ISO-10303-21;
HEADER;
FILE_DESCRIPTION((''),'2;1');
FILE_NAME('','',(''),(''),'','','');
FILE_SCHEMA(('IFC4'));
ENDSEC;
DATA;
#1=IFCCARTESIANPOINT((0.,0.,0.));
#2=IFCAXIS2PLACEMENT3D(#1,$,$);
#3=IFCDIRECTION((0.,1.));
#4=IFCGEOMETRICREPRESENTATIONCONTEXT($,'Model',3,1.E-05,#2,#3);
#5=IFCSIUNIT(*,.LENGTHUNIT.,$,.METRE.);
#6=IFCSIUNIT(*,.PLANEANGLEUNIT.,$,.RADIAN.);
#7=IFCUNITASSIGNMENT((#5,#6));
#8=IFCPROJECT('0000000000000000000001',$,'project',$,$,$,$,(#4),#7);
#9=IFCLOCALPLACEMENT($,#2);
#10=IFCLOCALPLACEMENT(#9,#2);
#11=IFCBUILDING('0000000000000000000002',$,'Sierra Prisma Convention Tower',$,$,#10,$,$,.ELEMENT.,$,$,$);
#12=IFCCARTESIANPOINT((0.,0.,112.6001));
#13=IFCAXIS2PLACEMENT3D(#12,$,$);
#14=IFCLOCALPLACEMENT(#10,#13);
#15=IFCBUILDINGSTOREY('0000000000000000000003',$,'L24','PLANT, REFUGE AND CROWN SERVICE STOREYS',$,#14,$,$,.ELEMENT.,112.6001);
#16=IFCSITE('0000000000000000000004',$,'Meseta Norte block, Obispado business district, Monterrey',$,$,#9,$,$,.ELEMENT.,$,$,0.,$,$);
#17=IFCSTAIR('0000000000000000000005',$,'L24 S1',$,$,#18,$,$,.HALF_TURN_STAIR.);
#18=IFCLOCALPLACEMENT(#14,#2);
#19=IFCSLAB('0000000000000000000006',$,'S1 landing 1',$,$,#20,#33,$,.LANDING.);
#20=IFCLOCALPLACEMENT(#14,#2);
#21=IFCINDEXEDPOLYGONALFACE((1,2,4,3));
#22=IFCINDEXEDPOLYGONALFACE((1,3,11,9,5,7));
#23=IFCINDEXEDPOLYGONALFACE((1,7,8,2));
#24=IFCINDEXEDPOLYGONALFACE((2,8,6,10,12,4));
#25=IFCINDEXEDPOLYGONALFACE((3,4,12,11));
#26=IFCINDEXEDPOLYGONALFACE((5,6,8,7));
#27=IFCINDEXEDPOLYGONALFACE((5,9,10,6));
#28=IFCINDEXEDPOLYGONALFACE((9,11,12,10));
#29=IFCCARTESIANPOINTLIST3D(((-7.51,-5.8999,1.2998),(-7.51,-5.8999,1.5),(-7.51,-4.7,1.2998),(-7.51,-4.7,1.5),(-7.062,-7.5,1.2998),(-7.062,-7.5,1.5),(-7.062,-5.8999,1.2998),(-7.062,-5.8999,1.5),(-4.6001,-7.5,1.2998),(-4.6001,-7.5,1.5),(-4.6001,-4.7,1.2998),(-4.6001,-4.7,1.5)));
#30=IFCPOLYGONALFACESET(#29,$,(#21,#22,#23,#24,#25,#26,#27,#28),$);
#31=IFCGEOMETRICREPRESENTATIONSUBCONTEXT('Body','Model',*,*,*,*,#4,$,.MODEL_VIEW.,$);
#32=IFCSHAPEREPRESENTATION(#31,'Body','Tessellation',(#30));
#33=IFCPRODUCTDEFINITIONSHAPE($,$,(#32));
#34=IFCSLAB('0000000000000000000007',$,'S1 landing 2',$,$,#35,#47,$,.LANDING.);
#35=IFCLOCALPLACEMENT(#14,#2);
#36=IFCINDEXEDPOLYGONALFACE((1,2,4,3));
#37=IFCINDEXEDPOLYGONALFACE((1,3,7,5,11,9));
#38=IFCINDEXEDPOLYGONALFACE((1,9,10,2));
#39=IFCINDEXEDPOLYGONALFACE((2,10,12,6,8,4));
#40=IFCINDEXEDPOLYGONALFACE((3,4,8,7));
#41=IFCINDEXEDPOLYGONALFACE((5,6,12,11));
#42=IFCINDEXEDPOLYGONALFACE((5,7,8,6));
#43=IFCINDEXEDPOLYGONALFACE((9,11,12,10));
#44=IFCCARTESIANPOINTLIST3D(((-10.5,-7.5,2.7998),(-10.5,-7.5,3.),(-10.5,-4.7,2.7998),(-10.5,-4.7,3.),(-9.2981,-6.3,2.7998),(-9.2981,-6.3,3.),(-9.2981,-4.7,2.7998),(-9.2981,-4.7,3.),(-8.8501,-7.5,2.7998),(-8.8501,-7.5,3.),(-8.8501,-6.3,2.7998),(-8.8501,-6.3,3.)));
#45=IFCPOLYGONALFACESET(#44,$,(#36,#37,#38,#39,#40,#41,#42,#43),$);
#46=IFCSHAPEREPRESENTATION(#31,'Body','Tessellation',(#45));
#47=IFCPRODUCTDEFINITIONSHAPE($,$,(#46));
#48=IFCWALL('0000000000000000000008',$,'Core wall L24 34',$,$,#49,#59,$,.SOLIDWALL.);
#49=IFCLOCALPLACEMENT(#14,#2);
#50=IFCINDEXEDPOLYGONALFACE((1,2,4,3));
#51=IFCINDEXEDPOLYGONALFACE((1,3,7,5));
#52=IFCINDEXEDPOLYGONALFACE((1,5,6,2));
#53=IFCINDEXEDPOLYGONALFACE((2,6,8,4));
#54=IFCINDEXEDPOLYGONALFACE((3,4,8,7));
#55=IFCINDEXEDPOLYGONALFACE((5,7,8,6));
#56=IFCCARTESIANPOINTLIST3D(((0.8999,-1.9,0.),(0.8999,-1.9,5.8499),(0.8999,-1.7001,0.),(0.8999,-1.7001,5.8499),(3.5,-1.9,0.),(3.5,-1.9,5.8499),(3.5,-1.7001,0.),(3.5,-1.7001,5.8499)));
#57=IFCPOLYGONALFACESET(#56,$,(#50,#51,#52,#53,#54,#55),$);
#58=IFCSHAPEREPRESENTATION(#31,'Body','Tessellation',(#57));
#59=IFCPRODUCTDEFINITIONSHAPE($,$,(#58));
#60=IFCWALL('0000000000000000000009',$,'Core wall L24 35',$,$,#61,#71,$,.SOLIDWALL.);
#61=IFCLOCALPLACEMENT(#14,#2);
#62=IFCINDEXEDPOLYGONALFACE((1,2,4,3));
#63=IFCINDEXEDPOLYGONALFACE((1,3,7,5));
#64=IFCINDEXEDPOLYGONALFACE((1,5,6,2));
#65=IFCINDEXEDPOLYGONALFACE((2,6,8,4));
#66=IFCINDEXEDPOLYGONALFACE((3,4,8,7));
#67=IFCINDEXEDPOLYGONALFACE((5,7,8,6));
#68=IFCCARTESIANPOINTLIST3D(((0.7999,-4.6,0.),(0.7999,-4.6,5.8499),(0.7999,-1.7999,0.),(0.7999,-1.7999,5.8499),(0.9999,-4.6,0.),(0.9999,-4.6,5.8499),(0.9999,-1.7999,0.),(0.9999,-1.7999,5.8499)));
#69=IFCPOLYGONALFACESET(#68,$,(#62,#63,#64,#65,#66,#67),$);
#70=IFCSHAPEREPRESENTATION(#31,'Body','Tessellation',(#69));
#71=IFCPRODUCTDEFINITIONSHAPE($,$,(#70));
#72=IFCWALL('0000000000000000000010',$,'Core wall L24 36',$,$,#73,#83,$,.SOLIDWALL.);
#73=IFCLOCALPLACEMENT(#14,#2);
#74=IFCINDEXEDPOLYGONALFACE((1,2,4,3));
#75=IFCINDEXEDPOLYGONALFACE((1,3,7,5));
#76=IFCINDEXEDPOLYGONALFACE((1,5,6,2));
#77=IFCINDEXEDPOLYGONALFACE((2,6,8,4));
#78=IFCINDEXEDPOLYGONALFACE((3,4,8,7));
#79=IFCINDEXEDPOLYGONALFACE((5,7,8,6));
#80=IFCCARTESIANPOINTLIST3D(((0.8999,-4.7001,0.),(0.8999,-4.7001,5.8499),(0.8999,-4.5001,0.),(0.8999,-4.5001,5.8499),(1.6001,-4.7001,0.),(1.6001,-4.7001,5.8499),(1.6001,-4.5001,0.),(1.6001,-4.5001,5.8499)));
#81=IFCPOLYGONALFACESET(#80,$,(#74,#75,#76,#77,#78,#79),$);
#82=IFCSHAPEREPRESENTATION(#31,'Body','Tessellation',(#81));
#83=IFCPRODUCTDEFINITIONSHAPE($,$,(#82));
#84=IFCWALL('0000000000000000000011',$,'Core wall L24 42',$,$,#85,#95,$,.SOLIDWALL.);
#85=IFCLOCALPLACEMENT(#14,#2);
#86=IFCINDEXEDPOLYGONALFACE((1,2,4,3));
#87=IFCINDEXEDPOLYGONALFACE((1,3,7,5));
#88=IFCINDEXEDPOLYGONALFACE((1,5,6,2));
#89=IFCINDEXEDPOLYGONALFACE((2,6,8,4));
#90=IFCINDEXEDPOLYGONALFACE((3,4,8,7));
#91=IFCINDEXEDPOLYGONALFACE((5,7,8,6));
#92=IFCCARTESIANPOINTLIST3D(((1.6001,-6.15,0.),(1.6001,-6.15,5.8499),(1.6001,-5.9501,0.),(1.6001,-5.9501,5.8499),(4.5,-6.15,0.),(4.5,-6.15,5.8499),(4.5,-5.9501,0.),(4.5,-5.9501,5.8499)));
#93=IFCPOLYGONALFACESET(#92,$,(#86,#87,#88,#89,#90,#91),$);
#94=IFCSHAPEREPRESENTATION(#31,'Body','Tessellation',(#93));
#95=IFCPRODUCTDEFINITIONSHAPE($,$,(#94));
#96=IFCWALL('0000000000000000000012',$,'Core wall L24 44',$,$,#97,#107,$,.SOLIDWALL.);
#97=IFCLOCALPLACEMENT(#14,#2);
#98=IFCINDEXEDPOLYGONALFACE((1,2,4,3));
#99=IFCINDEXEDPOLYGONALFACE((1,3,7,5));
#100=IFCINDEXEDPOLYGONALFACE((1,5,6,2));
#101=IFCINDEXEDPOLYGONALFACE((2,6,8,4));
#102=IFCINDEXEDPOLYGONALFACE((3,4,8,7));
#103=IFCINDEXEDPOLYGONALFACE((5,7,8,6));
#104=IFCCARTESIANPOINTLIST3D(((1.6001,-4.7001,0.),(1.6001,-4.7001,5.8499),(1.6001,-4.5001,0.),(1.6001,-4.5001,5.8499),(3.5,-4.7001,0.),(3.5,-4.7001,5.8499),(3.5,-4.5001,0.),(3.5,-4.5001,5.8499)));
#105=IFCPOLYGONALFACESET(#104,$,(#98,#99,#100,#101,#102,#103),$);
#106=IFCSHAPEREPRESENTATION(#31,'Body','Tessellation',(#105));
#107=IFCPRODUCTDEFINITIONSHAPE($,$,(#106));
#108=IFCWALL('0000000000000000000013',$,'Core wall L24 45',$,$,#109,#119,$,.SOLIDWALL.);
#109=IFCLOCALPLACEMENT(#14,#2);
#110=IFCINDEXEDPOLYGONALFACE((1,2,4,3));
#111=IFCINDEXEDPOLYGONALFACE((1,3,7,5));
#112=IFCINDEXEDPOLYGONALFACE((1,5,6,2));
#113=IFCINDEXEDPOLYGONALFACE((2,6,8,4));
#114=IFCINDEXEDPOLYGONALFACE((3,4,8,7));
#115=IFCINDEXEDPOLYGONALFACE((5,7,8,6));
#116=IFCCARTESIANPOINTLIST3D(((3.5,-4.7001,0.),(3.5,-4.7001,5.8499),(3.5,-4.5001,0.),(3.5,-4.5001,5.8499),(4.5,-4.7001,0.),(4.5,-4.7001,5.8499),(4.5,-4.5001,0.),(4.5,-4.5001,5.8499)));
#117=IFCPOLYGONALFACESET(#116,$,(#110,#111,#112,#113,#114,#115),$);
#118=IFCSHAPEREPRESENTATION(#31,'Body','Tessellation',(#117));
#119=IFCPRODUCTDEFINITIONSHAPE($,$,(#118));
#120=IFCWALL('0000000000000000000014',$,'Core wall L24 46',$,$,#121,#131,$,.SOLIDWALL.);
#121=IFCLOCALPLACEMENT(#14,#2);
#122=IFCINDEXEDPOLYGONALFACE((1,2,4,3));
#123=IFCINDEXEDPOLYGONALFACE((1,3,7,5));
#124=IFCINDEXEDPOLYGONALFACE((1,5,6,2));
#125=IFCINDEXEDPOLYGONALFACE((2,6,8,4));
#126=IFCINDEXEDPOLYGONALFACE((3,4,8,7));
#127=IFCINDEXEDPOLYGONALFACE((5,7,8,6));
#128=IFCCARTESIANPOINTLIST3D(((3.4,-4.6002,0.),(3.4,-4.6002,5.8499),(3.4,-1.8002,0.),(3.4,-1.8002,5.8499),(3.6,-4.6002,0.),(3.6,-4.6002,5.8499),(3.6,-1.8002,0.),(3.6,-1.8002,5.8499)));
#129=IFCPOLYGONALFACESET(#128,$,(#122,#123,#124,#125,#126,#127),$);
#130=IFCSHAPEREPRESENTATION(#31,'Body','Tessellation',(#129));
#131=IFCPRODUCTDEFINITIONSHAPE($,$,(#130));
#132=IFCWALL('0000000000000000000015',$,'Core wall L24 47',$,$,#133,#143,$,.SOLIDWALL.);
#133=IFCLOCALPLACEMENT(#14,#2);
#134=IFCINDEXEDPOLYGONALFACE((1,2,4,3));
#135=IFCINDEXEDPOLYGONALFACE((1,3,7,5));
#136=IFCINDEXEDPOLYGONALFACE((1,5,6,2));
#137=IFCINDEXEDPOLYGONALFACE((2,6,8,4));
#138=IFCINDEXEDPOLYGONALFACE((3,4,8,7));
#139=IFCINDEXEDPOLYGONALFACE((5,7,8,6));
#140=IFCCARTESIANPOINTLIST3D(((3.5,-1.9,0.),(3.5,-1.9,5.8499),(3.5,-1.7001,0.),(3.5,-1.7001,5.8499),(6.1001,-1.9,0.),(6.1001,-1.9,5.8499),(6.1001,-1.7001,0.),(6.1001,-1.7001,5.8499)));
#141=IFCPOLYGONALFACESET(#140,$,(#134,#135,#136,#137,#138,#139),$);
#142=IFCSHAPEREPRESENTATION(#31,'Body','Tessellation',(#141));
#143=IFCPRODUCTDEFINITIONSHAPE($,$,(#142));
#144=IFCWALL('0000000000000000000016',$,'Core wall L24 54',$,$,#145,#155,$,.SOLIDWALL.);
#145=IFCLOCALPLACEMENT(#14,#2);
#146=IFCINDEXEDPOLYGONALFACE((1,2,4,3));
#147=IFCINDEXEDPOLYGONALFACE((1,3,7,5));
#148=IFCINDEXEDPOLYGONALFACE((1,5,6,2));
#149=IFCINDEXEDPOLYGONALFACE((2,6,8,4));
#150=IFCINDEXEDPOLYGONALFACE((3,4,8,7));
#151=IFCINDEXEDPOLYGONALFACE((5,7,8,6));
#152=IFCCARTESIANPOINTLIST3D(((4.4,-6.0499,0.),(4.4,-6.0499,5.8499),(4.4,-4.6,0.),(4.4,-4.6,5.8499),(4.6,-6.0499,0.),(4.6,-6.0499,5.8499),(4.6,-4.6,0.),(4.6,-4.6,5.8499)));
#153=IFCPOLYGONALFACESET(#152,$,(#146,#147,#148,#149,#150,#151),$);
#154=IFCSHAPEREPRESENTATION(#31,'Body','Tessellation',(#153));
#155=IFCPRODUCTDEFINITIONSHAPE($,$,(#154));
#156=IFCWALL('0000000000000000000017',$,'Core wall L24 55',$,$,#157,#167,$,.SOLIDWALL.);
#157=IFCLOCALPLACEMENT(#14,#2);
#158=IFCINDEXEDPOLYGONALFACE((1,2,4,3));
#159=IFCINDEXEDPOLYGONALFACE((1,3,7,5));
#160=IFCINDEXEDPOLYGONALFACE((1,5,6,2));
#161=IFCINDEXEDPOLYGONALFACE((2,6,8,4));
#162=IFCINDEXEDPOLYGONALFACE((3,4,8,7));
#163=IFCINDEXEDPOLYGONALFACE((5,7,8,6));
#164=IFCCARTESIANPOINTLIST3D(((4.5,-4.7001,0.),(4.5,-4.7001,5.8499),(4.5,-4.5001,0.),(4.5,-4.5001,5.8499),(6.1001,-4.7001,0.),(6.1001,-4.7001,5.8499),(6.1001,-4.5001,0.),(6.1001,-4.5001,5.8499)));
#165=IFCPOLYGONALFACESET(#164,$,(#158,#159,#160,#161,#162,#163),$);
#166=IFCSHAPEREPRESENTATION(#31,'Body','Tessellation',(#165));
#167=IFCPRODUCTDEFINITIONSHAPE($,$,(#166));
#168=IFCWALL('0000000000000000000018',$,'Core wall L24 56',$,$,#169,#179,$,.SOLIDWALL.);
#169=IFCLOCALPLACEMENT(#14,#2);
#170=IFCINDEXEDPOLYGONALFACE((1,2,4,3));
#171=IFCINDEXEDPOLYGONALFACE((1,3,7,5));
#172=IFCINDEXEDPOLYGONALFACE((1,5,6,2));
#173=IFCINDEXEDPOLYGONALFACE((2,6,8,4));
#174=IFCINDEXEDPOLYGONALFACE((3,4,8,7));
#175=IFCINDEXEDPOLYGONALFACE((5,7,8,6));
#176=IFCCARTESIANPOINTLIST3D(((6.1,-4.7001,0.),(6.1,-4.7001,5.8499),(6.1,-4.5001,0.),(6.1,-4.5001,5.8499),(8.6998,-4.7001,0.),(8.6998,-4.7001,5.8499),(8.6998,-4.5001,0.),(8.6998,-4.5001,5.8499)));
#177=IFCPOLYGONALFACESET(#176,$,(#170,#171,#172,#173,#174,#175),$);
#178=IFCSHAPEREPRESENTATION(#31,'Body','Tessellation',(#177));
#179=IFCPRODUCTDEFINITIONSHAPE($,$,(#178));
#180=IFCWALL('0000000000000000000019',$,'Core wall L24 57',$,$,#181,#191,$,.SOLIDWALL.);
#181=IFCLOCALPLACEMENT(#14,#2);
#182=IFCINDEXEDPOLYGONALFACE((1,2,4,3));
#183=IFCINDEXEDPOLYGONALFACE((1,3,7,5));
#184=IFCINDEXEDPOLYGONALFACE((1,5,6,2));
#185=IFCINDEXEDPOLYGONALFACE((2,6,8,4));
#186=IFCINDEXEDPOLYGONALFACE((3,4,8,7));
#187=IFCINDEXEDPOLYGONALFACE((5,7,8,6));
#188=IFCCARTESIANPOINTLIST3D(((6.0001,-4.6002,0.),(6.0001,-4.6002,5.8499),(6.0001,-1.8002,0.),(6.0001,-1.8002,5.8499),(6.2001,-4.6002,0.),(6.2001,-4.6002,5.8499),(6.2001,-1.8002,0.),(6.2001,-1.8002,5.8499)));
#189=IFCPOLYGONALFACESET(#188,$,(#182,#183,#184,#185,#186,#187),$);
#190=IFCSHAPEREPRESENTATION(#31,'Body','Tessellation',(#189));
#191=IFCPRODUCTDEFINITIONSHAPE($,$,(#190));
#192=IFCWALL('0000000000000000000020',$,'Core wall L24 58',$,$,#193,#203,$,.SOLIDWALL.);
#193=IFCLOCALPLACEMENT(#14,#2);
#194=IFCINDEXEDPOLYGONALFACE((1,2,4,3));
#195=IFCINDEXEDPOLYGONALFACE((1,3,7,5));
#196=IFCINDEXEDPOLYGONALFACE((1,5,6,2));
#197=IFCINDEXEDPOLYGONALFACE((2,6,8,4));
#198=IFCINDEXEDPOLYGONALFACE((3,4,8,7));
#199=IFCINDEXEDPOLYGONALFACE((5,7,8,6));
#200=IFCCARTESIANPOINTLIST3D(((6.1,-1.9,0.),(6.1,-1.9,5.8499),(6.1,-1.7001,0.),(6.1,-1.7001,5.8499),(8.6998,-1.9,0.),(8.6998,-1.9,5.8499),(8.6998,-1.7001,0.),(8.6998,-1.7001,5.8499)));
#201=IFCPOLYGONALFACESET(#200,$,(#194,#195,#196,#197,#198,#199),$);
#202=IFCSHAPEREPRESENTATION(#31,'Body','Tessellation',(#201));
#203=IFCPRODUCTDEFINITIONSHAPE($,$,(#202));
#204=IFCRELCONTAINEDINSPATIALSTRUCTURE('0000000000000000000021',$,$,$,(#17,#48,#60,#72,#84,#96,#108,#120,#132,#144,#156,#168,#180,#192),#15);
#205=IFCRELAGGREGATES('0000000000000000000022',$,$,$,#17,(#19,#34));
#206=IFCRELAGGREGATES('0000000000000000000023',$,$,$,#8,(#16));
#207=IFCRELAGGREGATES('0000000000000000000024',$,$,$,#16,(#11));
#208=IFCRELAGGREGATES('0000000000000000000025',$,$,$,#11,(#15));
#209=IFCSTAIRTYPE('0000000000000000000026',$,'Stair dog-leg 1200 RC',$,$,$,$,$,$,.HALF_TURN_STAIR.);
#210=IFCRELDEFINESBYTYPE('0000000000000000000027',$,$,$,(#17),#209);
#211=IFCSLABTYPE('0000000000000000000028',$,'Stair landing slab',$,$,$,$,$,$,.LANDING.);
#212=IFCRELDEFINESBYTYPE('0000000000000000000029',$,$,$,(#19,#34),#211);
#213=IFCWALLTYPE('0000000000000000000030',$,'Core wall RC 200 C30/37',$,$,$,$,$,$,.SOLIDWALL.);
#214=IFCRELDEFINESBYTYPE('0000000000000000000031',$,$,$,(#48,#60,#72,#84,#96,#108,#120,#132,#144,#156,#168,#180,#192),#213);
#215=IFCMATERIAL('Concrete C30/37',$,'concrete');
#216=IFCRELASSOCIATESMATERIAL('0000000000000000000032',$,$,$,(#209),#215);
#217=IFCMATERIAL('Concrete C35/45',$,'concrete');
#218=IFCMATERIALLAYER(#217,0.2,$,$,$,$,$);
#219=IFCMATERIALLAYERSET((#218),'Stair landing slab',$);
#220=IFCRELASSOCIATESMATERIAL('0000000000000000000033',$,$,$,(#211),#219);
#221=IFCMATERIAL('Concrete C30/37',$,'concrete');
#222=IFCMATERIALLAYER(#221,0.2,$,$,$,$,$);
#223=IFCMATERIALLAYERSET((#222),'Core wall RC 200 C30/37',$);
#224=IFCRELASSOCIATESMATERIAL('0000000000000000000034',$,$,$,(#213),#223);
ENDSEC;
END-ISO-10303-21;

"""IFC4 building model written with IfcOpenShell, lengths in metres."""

from ifc_helpers import new_model, si_unit, direction, frame, frame_2d, origin, place, context, subcontext, project, spatial, polyline, rectangle, outline, extrude, material, layer, layer_set, type_object, element, aggregate, save


model = new_model("IFC4")

# Units and contexts
model_context = context("Model", 3, precision=1e-05, world=origin(), true_north=direction((0.0, 1.0)))
body_context = subcontext(model_context, "Body", "Model", "MODEL_VIEW")
ifc_project = project(units=[si_unit("LENGTHUNIT", "METRE"), si_unit("PLANEANGLEUNIT", "RADIAN")], contexts=[model_context])

# Site, building, storey
site_placement = place(None, origin())
site = spatial("IfcSite", under=ifc_project, at=site_placement, Name="Meseta Norte block, Obispado business district, Monterrey", CompositionType="ELEMENT", RefElevation=0.0)
building_placement = place(site_placement, origin())
building = spatial("IfcBuilding", under=site, at=building_placement, Name="Sierra Prisma Convention Tower", CompositionType="ELEMENT")
storey_placement = place(building_placement, frame((0.0, 0.0, 112.6001)))
storey = spatial("IfcBuildingStorey", under=building, at=storey_placement, Name="L24", Description="PLANT, REFUGE AND CROWN SERVICE STOREYS", CompositionType="ELEMENT", Elevation=112.6001)

# Stair, slabs
ifc_material_1 = material(Name="Concrete C30/37", Category="concrete")
stair_type = type_object("IfcStairType", Name="Stair dog-leg 1200 RC", PredefinedType="HALF_TURN_STAIR", material=ifc_material_1)
stair_placement = place(storey_placement, origin())
stair = element("IfcStair", 1, at=stair_placement, inside=storey, type_object=stair_type, Name="L24 S1", PredefinedType="HALF_TURN_STAIR")
ifc_material_2 = material(Name="Concrete C35/45", Category="concrete")
ifc_layer_1 = layer(ifc_material_2, 0.2)
ifc_layer_set_1 = layer_set([ifc_layer_1], Name="Stair landing slab")
slab_type = type_object("IfcSlabType", Name="Stair landing slab", PredefinedType="LANDING", material=ifc_layer_set_1)
slab_1_placement = place(storey_placement, frame((0.0, 0.0, 1.2998)))
slab_1 = element("IfcSlab", 2, at=slab_1_placement, type_object=slab_type, Name="S1 landing 1", PredefinedType="LANDING", context=body_context, shape_type="SweptSolid", body=[
    extrude(outline(polyline([(-4.6001, -4.7), (-4.6001, -7.5), (-7.062, -7.5), (-7.062, -5.8999), (-7.51, -5.8999), (-7.51, -4.7), (-4.6001, -4.7)])), origin(), (0.0, 0.0, 1.0), 0.2002),
])
slab_2_placement = place(storey_placement, frame((0.0, 0.0, 2.7998)))
slab_2 = element("IfcSlab", 3, at=slab_2_placement, type_object=slab_type, Name="S1 landing 2", PredefinedType="LANDING", context=body_context, shape_type="SweptSolid", body=[
    extrude(outline(polyline([(-10.5, -7.5), (-10.5, -4.7), (-9.2981, -4.7), (-9.2981, -6.3), (-8.8501, -6.3), (-8.8501, -7.5), (-10.5, -7.5)])), origin(), (0.0, 0.0, 1.0), 0.2002),
])
aggregate(stair, [slab_1, slab_2])

# Walls
ifc_material_3 = material(Name="Concrete C30/37", Category="concrete")
ifc_layer_2 = layer(ifc_material_3, 0.2)
ifc_layer_set_2 = layer_set([ifc_layer_2], Name="Core wall RC 200 C30/37")
wall_type_1 = type_object("IfcWallType", Name="Core wall RC 200 C30/37", PredefinedType="SOLIDWALL", material=ifc_layer_set_2)
wall_1_placement = place(storey_placement, frame((0.8999, -1.8, 0.0), z_axis=(0.0, 0.0, 1.0), x_axis=(1.0, 0.0, 0.0)))
element("IfcWall", 4, at=wall_1_placement, inside=storey, type_object=wall_type_1, Name="Core wall L24 34", PredefinedType="SOLIDWALL", context=body_context, shape_type="SweptSolid", body=[
    extrude(rectangle(XDim=2.6001, YDim=0.2, at=frame_2d((1.3, 0.0))), origin(), (0.0, 0.0, 1.0), 5.8499),
])
wall_2_placement = place(storey_placement, frame((0.8999, -1.8, 0.0), z_axis=(0.0, 0.0, 1.0), x_axis=(0.0, -1.0, 0.0)))
element("IfcWall", 5, at=wall_2_placement, inside=storey, type_object=wall_type_1, Name="Core wall L24 35", PredefinedType="SOLIDWALL", context=body_context, shape_type="SweptSolid", body=[
    extrude(rectangle(XDim=2.8, YDim=0.2, at=frame_2d((1.3999, 0.0))), origin(), (0.0, 0.0, 1.0), 5.8499),
])
wall_3_placement = place(storey_placement, frame((0.8999, -4.6001, 0.0), z_axis=(0.0, 0.0, 1.0), x_axis=(1.0, 0.0, 0.0)))
element("IfcWall", 6, at=wall_3_placement, inside=storey, type_object=wall_type_1, Name="Core wall L24 36", PredefinedType="SOLIDWALL", context=body_context, shape_type="SweptSolid", body=[
    extrude(rectangle(XDim=0.7002, YDim=0.2, at=frame_2d((0.3501, 0.0))), origin(), (0.0, 0.0, 1.0), 5.8499),
])

# Wall
wall_4_placement = place(storey_placement, frame((4.5, -6.05, 0.0), z_axis=(0.0, 0.0, 1.0), x_axis=(-1.0, 0.0, 0.0)))
element("IfcWall", 7, at=wall_4_placement, inside=storey, type_object=wall_type_1, Name="Core wall L24 42", PredefinedType="SOLIDWALL", context=body_context, shape_type="SweptSolid", body=[
    extrude(rectangle(XDim=2.8999, YDim=0.2, at=frame_2d((1.45, 0.0))), origin(), (0.0, 0.0, 1.0), 5.8499),
])

# Walls
wall_5_placement = place(storey_placement, frame((3.5, -4.6001, 0.0), z_axis=(0.0, 0.0, 1.0), x_axis=(-1.0, 0.0, 0.0)))
element("IfcWall", 8, at=wall_5_placement, inside=storey, type_object=wall_type_1, Name="Core wall L24 44", PredefinedType="SOLIDWALL", context=body_context, shape_type="SweptSolid", body=[
    extrude(rectangle(XDim=1.8999, YDim=0.2, at=frame_2d((0.95, 0.0))), origin(), (0.0, 0.0, 1.0), 5.8499),
])
wall_6_placement = place(storey_placement, frame((4.5, -4.6001, 0.0), z_axis=(0.0, 0.0, 1.0), x_axis=(-1.0, 0.0, 0.0)))
element("IfcWall", 9, at=wall_6_placement, inside=storey, type_object=wall_type_1, Name="Core wall L24 45", PredefinedType="SOLIDWALL", context=body_context, shape_type="SweptSolid", body=[
    extrude(rectangle(XDim=1.0, YDim=0.2, at=frame_2d((0.5, 0.0))), origin(), (0.0, 0.0, 1.0), 5.8499),
])
wall_7_placement = place(storey_placement, frame((3.5, -4.6001, 0.0), z_axis=(0.0, 0.0, 1.0), x_axis=(0.0, 1.0, 0.0)))
element("IfcWall", 10, at=wall_7_placement, inside=storey, type_object=wall_type_1, Name="Core wall L24 46", PredefinedType="SOLIDWALL", context=body_context, shape_type="SweptSolid", body=[
    extrude(rectangle(XDim=2.8, YDim=0.2, at=frame_2d((1.3999, 0.0))), origin(), (0.0, 0.0, 1.0), 5.8499),
])
wall_8_placement = place(storey_placement, frame((3.5, -1.8, 0.0), z_axis=(0.0, 0.0, 1.0), x_axis=(1.0, 0.0, 0.0)))
element("IfcWall", 11, at=wall_8_placement, inside=storey, type_object=wall_type_1, Name="Core wall L24 47", PredefinedType="SOLIDWALL", context=body_context, shape_type="SweptSolid", body=[
    extrude(rectangle(XDim=2.6001, YDim=0.2, at=frame_2d((1.3, 0.0))), origin(), (0.0, 0.0, 1.0), 5.8499),
])
wall_9_placement = place(storey_placement, frame((4.5, -6.05, 0.0), z_axis=(0.0, 0.0, 1.0), x_axis=(0.0, 1.0, 0.0)))
element("IfcWall", 12, at=wall_9_placement, inside=storey, type_object=wall_type_1, Name="Core wall L24 54", PredefinedType="SOLIDWALL", context=body_context, shape_type="SweptSolid", body=[
    extrude(rectangle(XDim=1.45, YDim=0.2, at=frame_2d((0.7251, 0.0))), origin(), (0.0, 0.0, 1.0), 5.8499),
])
wall_10_placement = place(storey_placement, frame((4.5, -4.6001, 0.0), z_axis=(0.0, 0.0, 1.0), x_axis=(1.0, 0.0, 0.0)))
element("IfcWall", 13, at=wall_10_placement, inside=storey, type_object=wall_type_1, Name="Core wall L24 55", PredefinedType="SOLIDWALL", context=body_context, shape_type="SweptSolid", body=[
    extrude(rectangle(XDim=1.6001, YDim=0.2, at=frame_2d((0.8, 0.0))), origin(), (0.0, 0.0, 1.0), 5.8499),
])
wall_11_placement = place(storey_placement, frame((6.1001, -4.6001, 0.0), z_axis=(0.0, 0.0, 1.0), x_axis=(1.0, 0.0, 0.0)))
element("IfcWall", 14, at=wall_11_placement, inside=storey, type_object=wall_type_1, Name="Core wall L24 56", PredefinedType="SOLIDWALL", context=body_context, shape_type="SweptSolid", body=[
    extrude(rectangle(XDim=2.5999, YDim=0.2, at=frame_2d((1.2998, 0.0))), origin(), (0.0, 0.0, 1.0), 5.8499),
])
wall_12_placement = place(storey_placement, frame((6.1001, -4.6001, 0.0), z_axis=(0.0, 0.0, 1.0), x_axis=(0.0, 1.0, 0.0)))
element("IfcWall", 15, at=wall_12_placement, inside=storey, type_object=wall_type_1, Name="Core wall L24 57", PredefinedType="SOLIDWALL", context=body_context, shape_type="SweptSolid", body=[
    extrude(rectangle(XDim=2.8, YDim=0.2, at=frame_2d((1.3999, 0.0))), origin(), (0.0, 0.0, 1.0), 5.8499),
])
wall_13_placement = place(storey_placement, frame((6.1001, -1.8, 0.0), z_axis=(0.0, 0.0, 1.0), x_axis=(1.0, 0.0, 0.0)))
element("IfcWall", 16, at=wall_13_placement, inside=storey, type_object=wall_type_1, Name="Core wall L24 58", PredefinedType="SOLIDWALL", context=body_context, shape_type="SweptSolid", body=[
    extrude(rectangle(XDim=2.5999, YDim=0.2, at=frame_2d((1.2998, 0.0))), origin(), (0.0, 0.0, 1.0), 5.8499),
])

save(model, "model.ifc")
